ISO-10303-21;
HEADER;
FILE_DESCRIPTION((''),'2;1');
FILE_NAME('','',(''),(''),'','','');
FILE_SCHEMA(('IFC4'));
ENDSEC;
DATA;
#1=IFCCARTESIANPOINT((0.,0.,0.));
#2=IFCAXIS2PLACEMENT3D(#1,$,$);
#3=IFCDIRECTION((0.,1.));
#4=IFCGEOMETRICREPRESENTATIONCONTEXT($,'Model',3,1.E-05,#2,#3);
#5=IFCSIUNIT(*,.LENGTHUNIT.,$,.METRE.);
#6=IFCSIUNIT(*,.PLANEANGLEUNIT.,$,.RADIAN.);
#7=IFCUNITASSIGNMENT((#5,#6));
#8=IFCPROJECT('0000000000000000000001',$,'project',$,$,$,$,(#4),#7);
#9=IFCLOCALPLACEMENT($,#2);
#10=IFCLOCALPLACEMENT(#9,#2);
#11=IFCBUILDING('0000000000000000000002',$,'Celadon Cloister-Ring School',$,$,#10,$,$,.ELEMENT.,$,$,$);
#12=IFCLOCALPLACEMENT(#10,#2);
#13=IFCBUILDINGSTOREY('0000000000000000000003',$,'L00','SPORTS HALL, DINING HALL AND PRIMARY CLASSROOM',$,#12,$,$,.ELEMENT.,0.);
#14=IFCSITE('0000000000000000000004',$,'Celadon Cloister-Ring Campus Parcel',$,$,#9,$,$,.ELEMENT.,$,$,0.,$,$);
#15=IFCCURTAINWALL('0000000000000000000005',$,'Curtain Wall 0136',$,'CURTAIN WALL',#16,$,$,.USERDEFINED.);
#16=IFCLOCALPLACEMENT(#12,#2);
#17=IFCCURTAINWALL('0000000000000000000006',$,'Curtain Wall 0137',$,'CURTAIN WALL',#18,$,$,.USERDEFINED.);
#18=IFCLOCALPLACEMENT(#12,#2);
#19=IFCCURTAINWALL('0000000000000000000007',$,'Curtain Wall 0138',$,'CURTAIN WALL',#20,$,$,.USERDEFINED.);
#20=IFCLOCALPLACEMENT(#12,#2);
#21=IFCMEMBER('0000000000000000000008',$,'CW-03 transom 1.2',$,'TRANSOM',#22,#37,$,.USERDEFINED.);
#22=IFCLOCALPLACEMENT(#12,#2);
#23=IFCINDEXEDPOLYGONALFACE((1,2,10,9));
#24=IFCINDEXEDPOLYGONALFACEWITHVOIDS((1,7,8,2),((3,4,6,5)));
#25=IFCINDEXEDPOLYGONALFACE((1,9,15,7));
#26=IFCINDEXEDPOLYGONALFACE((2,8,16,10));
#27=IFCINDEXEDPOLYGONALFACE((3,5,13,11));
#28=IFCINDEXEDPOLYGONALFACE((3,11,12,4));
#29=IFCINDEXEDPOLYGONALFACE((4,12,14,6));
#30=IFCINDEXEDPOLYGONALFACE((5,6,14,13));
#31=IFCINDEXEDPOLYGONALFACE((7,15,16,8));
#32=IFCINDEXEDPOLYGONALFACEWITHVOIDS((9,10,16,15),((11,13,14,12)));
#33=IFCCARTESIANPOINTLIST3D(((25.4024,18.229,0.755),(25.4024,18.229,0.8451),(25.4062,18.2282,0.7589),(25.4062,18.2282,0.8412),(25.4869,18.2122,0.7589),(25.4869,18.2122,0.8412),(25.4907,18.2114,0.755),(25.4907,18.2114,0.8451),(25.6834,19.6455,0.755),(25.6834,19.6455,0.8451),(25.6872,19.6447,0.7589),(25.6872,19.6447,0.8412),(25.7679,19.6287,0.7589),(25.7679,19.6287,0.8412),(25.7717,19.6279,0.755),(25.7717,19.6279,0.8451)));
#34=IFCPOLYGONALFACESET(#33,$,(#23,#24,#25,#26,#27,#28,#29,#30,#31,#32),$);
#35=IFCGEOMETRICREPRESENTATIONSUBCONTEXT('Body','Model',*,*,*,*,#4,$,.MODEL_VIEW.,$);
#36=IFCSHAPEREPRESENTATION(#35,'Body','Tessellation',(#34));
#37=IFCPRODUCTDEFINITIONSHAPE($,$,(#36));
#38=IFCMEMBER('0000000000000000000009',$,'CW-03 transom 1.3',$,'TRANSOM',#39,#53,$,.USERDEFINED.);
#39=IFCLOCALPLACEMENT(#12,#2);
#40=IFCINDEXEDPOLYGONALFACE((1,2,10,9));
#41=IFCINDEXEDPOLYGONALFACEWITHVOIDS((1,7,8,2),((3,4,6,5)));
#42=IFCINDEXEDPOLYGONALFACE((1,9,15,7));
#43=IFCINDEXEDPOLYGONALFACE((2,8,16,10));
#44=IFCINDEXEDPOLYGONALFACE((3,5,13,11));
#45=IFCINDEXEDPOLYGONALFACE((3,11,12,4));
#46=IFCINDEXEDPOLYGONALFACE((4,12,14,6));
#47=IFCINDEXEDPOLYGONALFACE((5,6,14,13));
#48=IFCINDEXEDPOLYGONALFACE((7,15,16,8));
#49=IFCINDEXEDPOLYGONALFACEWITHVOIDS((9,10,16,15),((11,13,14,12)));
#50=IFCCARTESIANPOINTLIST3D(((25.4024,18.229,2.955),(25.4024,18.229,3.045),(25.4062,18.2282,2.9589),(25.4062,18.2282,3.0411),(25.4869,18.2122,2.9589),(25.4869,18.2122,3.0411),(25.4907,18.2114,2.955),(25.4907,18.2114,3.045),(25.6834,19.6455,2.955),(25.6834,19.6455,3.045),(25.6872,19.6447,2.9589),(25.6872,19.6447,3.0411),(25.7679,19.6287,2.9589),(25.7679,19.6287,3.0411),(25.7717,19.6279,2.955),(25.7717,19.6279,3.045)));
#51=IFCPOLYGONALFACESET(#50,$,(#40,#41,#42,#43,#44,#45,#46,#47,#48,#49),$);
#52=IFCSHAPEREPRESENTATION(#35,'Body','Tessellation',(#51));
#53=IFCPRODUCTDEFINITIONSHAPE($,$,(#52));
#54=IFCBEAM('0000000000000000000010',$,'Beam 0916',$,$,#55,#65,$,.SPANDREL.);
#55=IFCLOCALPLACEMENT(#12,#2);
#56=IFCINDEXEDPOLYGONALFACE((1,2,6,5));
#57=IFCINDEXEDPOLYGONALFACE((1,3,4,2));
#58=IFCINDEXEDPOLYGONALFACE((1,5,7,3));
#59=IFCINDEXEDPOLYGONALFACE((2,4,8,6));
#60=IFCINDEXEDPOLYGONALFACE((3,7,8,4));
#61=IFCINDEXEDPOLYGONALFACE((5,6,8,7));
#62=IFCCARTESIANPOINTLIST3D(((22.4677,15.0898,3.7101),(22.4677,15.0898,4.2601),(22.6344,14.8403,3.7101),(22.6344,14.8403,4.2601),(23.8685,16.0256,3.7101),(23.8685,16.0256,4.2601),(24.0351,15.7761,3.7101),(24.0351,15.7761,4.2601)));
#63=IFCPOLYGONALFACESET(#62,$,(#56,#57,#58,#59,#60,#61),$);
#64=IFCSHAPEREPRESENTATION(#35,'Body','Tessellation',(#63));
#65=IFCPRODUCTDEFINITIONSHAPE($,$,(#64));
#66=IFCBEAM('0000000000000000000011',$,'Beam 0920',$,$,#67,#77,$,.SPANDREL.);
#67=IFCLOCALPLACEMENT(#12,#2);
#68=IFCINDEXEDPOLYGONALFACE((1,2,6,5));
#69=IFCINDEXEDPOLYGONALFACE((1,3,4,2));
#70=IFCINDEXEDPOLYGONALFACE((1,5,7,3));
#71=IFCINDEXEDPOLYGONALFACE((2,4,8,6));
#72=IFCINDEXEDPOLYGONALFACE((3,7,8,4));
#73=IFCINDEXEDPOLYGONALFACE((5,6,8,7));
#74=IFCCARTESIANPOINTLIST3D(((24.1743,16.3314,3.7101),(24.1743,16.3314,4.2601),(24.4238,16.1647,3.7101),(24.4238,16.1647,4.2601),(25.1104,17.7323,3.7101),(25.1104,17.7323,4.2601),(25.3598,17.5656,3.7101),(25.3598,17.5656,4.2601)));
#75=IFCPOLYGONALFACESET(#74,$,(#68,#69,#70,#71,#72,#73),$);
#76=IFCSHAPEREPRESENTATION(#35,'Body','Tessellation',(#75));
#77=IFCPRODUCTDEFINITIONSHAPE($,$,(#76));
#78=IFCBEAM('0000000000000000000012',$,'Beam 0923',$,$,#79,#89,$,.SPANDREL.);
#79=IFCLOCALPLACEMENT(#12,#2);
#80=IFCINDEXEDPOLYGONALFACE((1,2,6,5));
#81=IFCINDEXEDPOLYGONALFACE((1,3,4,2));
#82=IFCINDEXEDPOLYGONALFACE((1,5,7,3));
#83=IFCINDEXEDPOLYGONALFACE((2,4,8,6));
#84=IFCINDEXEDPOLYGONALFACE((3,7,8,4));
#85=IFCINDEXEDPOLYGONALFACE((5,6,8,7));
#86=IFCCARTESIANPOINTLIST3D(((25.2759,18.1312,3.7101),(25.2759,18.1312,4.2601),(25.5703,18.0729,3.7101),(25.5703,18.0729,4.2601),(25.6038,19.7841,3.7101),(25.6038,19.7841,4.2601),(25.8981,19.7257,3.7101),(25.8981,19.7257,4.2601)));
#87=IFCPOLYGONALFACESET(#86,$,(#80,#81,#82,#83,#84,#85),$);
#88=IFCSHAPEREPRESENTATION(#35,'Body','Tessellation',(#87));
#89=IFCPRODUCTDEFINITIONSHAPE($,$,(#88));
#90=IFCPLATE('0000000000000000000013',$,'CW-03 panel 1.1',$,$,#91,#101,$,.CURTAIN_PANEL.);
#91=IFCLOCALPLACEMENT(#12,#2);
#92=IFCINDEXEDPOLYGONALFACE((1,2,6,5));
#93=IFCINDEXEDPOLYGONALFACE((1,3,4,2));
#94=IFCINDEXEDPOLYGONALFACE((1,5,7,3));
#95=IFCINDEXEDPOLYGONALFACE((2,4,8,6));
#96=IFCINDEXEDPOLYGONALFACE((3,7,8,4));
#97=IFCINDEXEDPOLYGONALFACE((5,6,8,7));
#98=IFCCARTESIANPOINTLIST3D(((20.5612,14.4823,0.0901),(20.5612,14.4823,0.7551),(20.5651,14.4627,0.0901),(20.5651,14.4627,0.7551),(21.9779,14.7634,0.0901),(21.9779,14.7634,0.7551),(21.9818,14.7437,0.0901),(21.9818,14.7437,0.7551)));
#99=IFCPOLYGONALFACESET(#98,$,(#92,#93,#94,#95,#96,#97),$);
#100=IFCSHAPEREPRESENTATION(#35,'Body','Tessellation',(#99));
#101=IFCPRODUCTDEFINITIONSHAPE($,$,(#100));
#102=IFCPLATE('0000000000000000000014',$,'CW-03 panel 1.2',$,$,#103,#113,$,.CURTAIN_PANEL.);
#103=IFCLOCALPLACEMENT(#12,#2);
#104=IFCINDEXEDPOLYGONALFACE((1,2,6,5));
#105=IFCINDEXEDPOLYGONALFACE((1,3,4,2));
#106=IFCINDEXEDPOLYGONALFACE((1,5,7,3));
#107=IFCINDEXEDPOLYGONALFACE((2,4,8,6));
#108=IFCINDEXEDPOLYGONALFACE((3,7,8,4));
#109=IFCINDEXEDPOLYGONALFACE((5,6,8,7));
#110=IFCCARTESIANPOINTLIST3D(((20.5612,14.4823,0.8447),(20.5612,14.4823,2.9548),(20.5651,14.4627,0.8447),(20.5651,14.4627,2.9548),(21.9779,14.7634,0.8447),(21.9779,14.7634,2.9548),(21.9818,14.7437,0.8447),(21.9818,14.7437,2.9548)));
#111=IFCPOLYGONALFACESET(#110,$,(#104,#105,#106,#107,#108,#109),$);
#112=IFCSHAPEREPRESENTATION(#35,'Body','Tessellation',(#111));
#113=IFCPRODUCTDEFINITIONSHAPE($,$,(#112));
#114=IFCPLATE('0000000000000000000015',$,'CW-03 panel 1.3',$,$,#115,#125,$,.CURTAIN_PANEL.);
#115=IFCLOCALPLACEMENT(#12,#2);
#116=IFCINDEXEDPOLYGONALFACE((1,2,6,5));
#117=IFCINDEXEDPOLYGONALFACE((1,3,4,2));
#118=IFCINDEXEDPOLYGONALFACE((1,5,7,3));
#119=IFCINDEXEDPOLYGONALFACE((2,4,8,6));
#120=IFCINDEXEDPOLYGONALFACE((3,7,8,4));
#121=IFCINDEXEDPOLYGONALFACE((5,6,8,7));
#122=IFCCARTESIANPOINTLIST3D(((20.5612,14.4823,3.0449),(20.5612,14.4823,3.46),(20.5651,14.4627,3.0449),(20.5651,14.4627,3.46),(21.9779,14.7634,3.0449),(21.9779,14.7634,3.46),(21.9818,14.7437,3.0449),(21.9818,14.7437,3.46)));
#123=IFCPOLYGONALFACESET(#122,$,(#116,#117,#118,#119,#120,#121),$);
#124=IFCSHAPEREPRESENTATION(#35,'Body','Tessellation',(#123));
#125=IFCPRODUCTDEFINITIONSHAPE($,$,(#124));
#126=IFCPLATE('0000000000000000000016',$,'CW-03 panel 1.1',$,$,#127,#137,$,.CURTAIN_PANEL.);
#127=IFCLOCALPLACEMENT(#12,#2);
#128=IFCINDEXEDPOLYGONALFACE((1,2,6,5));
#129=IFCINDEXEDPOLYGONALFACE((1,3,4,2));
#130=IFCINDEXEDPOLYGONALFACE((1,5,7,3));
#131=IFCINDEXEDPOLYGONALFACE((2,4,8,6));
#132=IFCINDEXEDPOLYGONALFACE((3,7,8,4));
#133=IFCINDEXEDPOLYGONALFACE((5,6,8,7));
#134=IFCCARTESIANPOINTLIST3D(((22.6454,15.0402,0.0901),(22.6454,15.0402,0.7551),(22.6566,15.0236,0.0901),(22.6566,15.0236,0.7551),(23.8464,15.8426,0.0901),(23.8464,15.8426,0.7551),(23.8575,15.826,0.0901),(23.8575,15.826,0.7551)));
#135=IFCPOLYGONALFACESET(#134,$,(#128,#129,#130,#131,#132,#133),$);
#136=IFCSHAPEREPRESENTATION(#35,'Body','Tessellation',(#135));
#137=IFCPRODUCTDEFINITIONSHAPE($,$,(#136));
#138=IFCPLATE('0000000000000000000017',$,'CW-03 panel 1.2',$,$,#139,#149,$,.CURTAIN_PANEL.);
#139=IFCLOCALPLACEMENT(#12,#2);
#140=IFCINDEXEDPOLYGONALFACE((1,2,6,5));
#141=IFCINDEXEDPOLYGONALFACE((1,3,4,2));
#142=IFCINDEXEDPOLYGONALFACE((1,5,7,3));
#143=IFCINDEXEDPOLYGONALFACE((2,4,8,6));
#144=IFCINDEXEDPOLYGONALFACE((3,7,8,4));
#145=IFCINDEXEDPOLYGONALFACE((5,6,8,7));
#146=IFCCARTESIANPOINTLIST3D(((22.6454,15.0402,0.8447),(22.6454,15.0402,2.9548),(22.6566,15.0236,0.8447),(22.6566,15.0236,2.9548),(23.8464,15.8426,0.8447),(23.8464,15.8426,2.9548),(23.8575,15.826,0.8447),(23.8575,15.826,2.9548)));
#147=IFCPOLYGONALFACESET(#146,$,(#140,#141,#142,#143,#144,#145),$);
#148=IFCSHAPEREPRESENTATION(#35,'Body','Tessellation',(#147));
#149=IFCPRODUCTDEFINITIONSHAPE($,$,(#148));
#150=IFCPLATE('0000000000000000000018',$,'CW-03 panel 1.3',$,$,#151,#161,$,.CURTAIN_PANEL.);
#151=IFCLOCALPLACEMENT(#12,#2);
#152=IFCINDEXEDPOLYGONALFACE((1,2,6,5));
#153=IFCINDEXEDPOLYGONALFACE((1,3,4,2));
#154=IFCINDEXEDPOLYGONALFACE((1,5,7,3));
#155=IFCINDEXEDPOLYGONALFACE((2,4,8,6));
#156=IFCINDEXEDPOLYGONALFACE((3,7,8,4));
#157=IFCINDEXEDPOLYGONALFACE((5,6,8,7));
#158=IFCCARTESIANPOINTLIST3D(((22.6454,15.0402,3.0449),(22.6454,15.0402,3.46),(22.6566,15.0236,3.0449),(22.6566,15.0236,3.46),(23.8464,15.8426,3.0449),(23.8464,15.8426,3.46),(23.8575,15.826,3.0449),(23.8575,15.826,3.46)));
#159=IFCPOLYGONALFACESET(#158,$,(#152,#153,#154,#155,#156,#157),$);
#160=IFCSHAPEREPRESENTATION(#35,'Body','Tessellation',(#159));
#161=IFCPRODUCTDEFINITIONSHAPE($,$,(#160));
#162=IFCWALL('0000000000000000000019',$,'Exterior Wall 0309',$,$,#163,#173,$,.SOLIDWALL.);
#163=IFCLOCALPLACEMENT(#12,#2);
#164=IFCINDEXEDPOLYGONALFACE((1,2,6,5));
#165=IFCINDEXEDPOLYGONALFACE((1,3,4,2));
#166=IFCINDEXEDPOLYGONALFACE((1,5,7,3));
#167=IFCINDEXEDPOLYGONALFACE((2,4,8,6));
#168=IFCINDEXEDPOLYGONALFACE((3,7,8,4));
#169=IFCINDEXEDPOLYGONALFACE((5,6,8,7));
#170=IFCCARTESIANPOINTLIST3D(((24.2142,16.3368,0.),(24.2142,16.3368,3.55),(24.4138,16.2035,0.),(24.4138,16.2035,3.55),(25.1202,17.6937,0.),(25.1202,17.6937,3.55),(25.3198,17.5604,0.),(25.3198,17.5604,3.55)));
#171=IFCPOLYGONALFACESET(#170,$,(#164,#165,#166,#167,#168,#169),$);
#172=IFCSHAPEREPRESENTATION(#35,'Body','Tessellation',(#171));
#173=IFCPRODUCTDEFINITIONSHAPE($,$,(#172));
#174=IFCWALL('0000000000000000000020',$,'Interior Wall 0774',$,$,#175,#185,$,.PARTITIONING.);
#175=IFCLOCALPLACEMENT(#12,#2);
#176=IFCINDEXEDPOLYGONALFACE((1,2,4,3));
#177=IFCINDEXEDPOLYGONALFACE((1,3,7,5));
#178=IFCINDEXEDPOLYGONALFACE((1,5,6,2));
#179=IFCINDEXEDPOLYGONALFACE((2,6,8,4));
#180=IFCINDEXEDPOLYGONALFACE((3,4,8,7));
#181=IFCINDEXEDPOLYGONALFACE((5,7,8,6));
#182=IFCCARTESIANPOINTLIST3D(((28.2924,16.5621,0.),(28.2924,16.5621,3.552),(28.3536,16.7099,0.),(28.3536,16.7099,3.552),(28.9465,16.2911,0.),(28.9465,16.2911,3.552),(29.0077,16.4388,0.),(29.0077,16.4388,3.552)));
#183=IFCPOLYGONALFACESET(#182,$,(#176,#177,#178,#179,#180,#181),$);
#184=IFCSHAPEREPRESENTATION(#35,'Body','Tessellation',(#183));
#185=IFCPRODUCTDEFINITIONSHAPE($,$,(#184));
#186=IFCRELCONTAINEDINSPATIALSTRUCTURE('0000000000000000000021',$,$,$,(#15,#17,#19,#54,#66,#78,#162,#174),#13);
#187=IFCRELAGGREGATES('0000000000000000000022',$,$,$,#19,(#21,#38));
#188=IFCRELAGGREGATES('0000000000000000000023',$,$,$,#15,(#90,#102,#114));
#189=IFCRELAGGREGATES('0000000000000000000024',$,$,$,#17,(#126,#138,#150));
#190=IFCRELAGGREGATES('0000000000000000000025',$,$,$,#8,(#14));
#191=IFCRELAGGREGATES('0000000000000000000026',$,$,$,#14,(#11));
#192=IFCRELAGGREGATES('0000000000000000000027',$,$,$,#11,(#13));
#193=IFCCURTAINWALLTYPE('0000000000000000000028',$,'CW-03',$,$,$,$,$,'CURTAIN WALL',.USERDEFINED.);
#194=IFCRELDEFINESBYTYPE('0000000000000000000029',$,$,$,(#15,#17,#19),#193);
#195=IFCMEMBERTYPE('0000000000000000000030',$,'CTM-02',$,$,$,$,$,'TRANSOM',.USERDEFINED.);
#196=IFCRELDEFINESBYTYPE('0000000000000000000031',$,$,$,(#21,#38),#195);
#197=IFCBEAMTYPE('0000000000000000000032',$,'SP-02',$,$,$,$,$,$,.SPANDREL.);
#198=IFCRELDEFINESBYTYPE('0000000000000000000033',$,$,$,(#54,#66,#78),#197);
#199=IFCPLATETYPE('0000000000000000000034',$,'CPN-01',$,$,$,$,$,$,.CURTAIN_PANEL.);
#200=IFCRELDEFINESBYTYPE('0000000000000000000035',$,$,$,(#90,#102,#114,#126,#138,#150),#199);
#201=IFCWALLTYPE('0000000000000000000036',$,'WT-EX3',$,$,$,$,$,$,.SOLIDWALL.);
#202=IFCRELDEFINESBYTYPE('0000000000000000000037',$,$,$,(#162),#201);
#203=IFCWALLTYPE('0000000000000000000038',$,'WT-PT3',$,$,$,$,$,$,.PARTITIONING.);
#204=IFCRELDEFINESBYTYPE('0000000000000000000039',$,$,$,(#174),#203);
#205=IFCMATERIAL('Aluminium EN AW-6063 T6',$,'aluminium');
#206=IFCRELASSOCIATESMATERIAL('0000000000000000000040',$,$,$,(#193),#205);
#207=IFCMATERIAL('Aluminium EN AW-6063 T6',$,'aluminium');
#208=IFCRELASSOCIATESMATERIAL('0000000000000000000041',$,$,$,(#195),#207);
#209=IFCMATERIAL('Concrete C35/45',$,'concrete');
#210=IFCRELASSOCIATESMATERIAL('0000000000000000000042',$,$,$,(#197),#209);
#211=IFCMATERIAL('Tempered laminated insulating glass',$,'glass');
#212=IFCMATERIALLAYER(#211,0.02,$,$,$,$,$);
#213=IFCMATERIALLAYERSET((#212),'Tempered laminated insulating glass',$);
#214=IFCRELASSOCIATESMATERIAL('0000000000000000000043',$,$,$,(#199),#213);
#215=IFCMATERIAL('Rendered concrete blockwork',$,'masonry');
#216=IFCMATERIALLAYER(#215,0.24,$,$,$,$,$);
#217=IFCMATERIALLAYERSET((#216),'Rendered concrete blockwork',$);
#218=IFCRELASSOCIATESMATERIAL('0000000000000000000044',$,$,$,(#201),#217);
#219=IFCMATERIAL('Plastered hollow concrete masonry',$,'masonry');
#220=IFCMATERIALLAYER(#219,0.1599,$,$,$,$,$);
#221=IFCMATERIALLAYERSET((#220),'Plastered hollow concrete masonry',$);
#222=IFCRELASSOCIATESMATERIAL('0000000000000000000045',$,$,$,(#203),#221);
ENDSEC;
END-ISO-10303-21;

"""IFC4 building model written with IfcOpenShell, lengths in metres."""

from ifc_helpers import new_model, si_unit, direction, frame, frame_2d, origin, origin_2d, place, context, subcontext, project, spatial, rectangle, hollow_rectangle, extrude, material, layer, layer_set, material_profile, profile_set, type_object, element, aggregate, save


model = new_model("IFC4")

# Units and contexts
model_context = context("Model", 3, precision=1e-05, world=origin(), true_north=direction((0.0, 1.0)))
body_context = subcontext(model_context, "Body", "Model", "MODEL_VIEW")
ifc_project = project(units=[si_unit("LENGTHUNIT", "METRE"), si_unit("PLANEANGLEUNIT", "RADIAN")], contexts=[model_context])

# Site, building, storey
site_placement = place(None, origin())
site = spatial("IfcSite", under=ifc_project, at=site_placement, Name="Celadon Cloister-Ring Campus Parcel", CompositionType="ELEMENT", RefElevation=0.0)
building_placement = place(site_placement, origin())
building = spatial("IfcBuilding", under=site, at=building_placement, Name="Celadon Cloister-Ring School", CompositionType="ELEMENT")
storey_placement = place(building_placement, origin())
storey = spatial("IfcBuildingStorey", under=building, at=storey_placement, Name="L00", Description="SPORTS HALL, DINING HALL AND PRIMARY CLASSROOM", CompositionType="ELEMENT", Elevation=0.0)

# Curtain wall
ifc_material_1 = material(Name="Aluminium EN AW-6063 T6", Category="aluminium")
curtain_wall_type = type_object("IfcCurtainWallType", Name="CW-03", ElementType="CURTAIN WALL", PredefinedType="USERDEFINED", material=ifc_material_1)
curtain_wall_1_placement = place(storey_placement, origin())
curtain_wall_1 = element("IfcCurtainWall", 1, at=curtain_wall_1_placement, inside=storey, type_object=curtain_wall_type, Name="Curtain Wall 0136", ObjectType="CURTAIN WALL", PredefinedType="USERDEFINED")

# Curtain wall
curtain_wall_2_placement = place(storey_placement, origin())
curtain_wall_2 = element("IfcCurtainWall", 2, at=curtain_wall_2_placement, inside=storey, type_object=curtain_wall_type, Name="Curtain Wall 0137", ObjectType="CURTAIN WALL", PredefinedType="USERDEFINED")

# Curtain wall
curtain_wall_3_placement = place(storey_placement, origin())
curtain_wall_3 = element("IfcCurtainWall", 3, at=curtain_wall_3_placement, inside=storey, type_object=curtain_wall_type, Name="Curtain Wall 0138", ObjectType="CURTAIN WALL", PredefinedType="USERDEFINED")

# Members
ifc_material_2 = material(Name="Aluminium EN AW-6063 T6", Category="aluminium")
ifc_material_profile_1 = material_profile(ifc_material_2, hollow_rectangle(XDim=0.0901, YDim=0.0901, WallThickness=0.0039, at=origin_2d()), Name="RHS90X90X4")
ifc_profile_set_1 = profile_set([ifc_material_profile_1], Name="Aluminium EN AW-6063 T6")
member_type_1 = type_object("IfcMemberType", Name="CTM-02", ElementType="TRANSOM", PredefinedType="USERDEFINED", material=ifc_profile_set_1)
member_1_placement = place(storey_placement, frame((25.4465, 18.2202, 0.8), z_axis=(0.194588, 0.980885, 0.0), x_axis=(-0.980885, 0.194588, 0.0)))
member_1 = element("IfcMember", 4, at=member_1_placement, type_object=member_type_1, Name="CW-03 transom 1.2", ObjectType="TRANSOM", PredefinedType="USERDEFINED", context=body_context, shape_type="SweptSolid", body=[
    extrude(hollow_rectangle(XDim=0.0901, YDim=0.0901, WallThickness=0.0039, at=origin_2d()), origin(), (0.0, 0.0, 1.0), 1.4441),
])
member_2_placement = place(storey_placement, frame((25.4465, 18.2202, 3.0), z_axis=(0.194588, 0.980885, 0.0), x_axis=(-0.980885, 0.194588, 0.0)))
member_2 = element("IfcMember", 5, at=member_2_placement, type_object=member_type_1, Name="CW-03 transom 1.3", ObjectType="TRANSOM", PredefinedType="USERDEFINED", context=body_context, shape_type="SweptSolid", body=[
    extrude(hollow_rectangle(XDim=0.0901, YDim=0.0901, WallThickness=0.0039, at=origin_2d()), origin(), (0.0, 0.0, 1.0), 1.4441),
])
aggregate(curtain_wall_3, [member_1, member_2])

# Beams
ifc_material_3 = material(Name="Concrete C35/45", Category="concrete")
ifc_material_profile_2 = material_profile(ifc_material_3, rectangle(XDim=0.3, YDim=0.55, at=origin_2d()), Name="RC300X550")
ifc_profile_set_2 = profile_set([ifc_material_profile_2], Name="Concrete C35/45")
beam_type_1 = type_object("IfcBeamType", Name="SP-02", PredefinedType="SPANDREL", material=ifc_profile_set_2)
beam_1_placement = place(storey_placement, frame((22.551, 14.9651, 3.9851), z_axis=(0.831537, 0.555469, 0.0), x_axis=(-0.555469, 0.831537, 0.0)))
element("IfcBeam", 6, at=beam_1_placement, inside=storey, type_object=beam_type_1, Name="Beam 0916", PredefinedType="SPANDREL", context=body_context, shape_type="SweptSolid", body=[
    extrude(rectangle(XDim=0.3, YDim=0.55, at=origin_2d()), origin(), (0.0, 0.0, 1.0), 1.6846),
])
beam_2_placement = place(storey_placement, frame((24.2991, 16.248, 3.9851), z_axis=(0.555569, 0.83147, 0.0), x_axis=(-0.83147, 0.555569, 0.0)))
element("IfcBeam", 7, at=beam_2_placement, inside=storey, type_object=beam_type_1, Name="Beam 0920", PredefinedType="SPANDREL", context=body_context, shape_type="SweptSolid", body=[
    extrude(rectangle(XDim=0.3, YDim=0.55, at=origin_2d()), origin(), (0.0, 0.0, 1.0), 1.6848),
])
beam_3_placement = place(storey_placement, frame((25.4231, 18.1021, 3.9851), z_axis=(0.194583, 0.980886, 0.0), x_axis=(-0.980886, 0.194583, 0.0)))
element("IfcBeam", 8, at=beam_3_placement, inside=storey, type_object=beam_type_1, Name="Beam 0923", PredefinedType="SPANDREL", context=body_context, shape_type="SweptSolid", body=[
    extrude(rectangle(XDim=0.3, YDim=0.55, at=origin_2d()), origin(), (0.0, 0.0, 1.0), 1.6851),
])

# Plates
ifc_material_4 = material(Name="Tempered laminated insulating glass", Category="glass")
ifc_layer_1 = layer(ifc_material_4, 0.02)
ifc_layer_set_1 = layer_set([ifc_layer_1], Name="Tempered laminated insulating glass")
plate_type = type_object("IfcPlateType", Name="CPN-01", PredefinedType="CURTAIN_PANEL", material=ifc_layer_set_1)
plate_1_placement = place(storey_placement, frame((21.2715, 14.613, 0.0901), z_axis=(0.0, 0.0, 1.0), x_axis=(0.980885, 0.194586, 0.0)))
plate_1 = element("IfcPlate", 9, at=plate_1_placement, type_object=plate_type, Name="CW-03 panel 1.1", PredefinedType="CURTAIN_PANEL", context=body_context, shape_type="SweptSolid", body=[
    extrude(rectangle(XDim=1.4443, YDim=0.02, at=origin_2d()), origin(), (0.0, 0.0, 1.0), 0.665),
])
plate_2_placement = place(storey_placement, frame((21.2715, 14.613, 0.8447), z_axis=(0.0, 0.0, 1.0), x_axis=(0.980885, 0.194586, 0.0)))
plate_2 = element("IfcPlate", 10, at=plate_2_placement, type_object=plate_type, Name="CW-03 panel 1.2", PredefinedType="CURTAIN_PANEL", context=body_context, shape_type="SweptSolid", body=[
    extrude(rectangle(XDim=1.4443, YDim=0.02, at=origin_2d()), origin(), (0.0, 0.0, 1.0), 2.1101),
])
plate_3_placement = place(storey_placement, frame((21.2715, 14.613, 3.0449), z_axis=(0.0, 0.0, 1.0), x_axis=(0.980885, 0.194586, 0.0)))
plate_3 = element("IfcPlate", 11, at=plate_3_placement, type_object=plate_type, Name="CW-03 panel 1.3", PredefinedType="CURTAIN_PANEL", context=body_context, shape_type="SweptSolid", body=[
    extrude(rectangle(XDim=1.4443, YDim=0.02, at=origin_2d()), origin(), (0.0, 0.0, 1.0), 0.415),
])
aggregate(curtain_wall_1, [plate_1, plate_2, plate_3])
plate_4_placement = place(storey_placement, frame((23.2515, 15.4331, 0.0901), z_axis=(0.0, 0.0, 1.0), x_axis=(0.831485, 0.555547, 0.0)))
plate_4 = element("IfcPlate", 12, at=plate_4_placement, type_object=plate_type, Name="CW-03 panel 1.1", PredefinedType="CURTAIN_PANEL", context=body_context, shape_type="SweptSolid", body=[
    extrude(rectangle(XDim=1.4443, YDim=0.02, at=origin_2d()), origin(), (0.0, 0.0, 1.0), 0.665),
])
plate_5_placement = place(storey_placement, frame((23.2515, 15.4331, 0.8447), z_axis=(0.0, 0.0, 1.0), x_axis=(0.831485, 0.555547, 0.0)))
plate_5 = element("IfcPlate", 13, at=plate_5_placement, type_object=plate_type, Name="CW-03 panel 1.2", PredefinedType="CURTAIN_PANEL", context=body_context, shape_type="SweptSolid", body=[
    extrude(rectangle(XDim=1.4443, YDim=0.02, at=origin_2d()), origin(), (0.0, 0.0, 1.0), 2.1101),
])
plate_6_placement = place(storey_placement, frame((23.2515, 15.4331, 3.0449), z_axis=(0.0, 0.0, 1.0), x_axis=(0.831485, 0.555547, 0.0)))
plate_6 = element("IfcPlate", 14, at=plate_6_placement, type_object=plate_type, Name="CW-03 panel 1.3", PredefinedType="CURTAIN_PANEL", context=body_context, shape_type="SweptSolid", body=[
    extrude(rectangle(XDim=1.4443, YDim=0.02, at=origin_2d()), origin(), (0.0, 0.0, 1.0), 0.415),
])
aggregate(curtain_wall_2, [plate_4, plate_5, plate_6])

# Walls
ifc_material_5 = material(Name="Rendered concrete blockwork", Category="masonry")
ifc_layer_2 = layer(ifc_material_5, 0.24)
ifc_layer_set_2 = layer_set([ifc_layer_2], Name="Rendered concrete blockwork")
wall_type_1 = type_object("IfcWallType", Name="WT-EX3", PredefinedType="SOLIDWALL", material=ifc_layer_set_2)
wall_1_placement = place(storey_placement, frame((24.314, 16.27, 0.0), z_axis=(0.0, 0.0, 1.0), x_axis=(0.555287, 0.831659, 0.0)))
element("IfcWall", 15, at=wall_1_placement, inside=storey, type_object=wall_type_1, Name="Exterior Wall 0309", PredefinedType="SOLIDWALL", context=body_context, shape_type="SweptSolid", body=[
    extrude(rectangle(XDim=1.6316, YDim=0.24, at=frame_2d((0.8159, 0.0))), origin(), (0.0, 0.0, 1.0), 3.55),
])
ifc_material_6 = material(Name="Plastered hollow concrete masonry", Category="masonry")
ifc_layer_3 = layer(ifc_material_6, 0.1599)
ifc_layer_set_3 = layer_set([ifc_layer_3], Name="Plastered hollow concrete masonry")
wall_type_2 = type_object("IfcWallType", Name="WT-PT3", PredefinedType="PARTITIONING", material=ifc_layer_set_3)
wall_2_placement = place(storey_placement, frame((28.323, 16.636, 0.0), z_axis=(0.0, 0.0, 1.0), x_axis=(0.92384, -0.382778, 0.0)))
element("IfcWall", 16, at=wall_2_placement, inside=storey, type_object=wall_type_2, Name="Interior Wall 0774", PredefinedType="PARTITIONING", context=body_context, shape_type="SweptSolid", body=[
    extrude(rectangle(XDim=0.708, YDim=0.1599, at=frame_2d((0.354, 0.0))), origin(), (0.0, 0.0, 1.0), 3.552),
])

save(model, "model.ifc")
